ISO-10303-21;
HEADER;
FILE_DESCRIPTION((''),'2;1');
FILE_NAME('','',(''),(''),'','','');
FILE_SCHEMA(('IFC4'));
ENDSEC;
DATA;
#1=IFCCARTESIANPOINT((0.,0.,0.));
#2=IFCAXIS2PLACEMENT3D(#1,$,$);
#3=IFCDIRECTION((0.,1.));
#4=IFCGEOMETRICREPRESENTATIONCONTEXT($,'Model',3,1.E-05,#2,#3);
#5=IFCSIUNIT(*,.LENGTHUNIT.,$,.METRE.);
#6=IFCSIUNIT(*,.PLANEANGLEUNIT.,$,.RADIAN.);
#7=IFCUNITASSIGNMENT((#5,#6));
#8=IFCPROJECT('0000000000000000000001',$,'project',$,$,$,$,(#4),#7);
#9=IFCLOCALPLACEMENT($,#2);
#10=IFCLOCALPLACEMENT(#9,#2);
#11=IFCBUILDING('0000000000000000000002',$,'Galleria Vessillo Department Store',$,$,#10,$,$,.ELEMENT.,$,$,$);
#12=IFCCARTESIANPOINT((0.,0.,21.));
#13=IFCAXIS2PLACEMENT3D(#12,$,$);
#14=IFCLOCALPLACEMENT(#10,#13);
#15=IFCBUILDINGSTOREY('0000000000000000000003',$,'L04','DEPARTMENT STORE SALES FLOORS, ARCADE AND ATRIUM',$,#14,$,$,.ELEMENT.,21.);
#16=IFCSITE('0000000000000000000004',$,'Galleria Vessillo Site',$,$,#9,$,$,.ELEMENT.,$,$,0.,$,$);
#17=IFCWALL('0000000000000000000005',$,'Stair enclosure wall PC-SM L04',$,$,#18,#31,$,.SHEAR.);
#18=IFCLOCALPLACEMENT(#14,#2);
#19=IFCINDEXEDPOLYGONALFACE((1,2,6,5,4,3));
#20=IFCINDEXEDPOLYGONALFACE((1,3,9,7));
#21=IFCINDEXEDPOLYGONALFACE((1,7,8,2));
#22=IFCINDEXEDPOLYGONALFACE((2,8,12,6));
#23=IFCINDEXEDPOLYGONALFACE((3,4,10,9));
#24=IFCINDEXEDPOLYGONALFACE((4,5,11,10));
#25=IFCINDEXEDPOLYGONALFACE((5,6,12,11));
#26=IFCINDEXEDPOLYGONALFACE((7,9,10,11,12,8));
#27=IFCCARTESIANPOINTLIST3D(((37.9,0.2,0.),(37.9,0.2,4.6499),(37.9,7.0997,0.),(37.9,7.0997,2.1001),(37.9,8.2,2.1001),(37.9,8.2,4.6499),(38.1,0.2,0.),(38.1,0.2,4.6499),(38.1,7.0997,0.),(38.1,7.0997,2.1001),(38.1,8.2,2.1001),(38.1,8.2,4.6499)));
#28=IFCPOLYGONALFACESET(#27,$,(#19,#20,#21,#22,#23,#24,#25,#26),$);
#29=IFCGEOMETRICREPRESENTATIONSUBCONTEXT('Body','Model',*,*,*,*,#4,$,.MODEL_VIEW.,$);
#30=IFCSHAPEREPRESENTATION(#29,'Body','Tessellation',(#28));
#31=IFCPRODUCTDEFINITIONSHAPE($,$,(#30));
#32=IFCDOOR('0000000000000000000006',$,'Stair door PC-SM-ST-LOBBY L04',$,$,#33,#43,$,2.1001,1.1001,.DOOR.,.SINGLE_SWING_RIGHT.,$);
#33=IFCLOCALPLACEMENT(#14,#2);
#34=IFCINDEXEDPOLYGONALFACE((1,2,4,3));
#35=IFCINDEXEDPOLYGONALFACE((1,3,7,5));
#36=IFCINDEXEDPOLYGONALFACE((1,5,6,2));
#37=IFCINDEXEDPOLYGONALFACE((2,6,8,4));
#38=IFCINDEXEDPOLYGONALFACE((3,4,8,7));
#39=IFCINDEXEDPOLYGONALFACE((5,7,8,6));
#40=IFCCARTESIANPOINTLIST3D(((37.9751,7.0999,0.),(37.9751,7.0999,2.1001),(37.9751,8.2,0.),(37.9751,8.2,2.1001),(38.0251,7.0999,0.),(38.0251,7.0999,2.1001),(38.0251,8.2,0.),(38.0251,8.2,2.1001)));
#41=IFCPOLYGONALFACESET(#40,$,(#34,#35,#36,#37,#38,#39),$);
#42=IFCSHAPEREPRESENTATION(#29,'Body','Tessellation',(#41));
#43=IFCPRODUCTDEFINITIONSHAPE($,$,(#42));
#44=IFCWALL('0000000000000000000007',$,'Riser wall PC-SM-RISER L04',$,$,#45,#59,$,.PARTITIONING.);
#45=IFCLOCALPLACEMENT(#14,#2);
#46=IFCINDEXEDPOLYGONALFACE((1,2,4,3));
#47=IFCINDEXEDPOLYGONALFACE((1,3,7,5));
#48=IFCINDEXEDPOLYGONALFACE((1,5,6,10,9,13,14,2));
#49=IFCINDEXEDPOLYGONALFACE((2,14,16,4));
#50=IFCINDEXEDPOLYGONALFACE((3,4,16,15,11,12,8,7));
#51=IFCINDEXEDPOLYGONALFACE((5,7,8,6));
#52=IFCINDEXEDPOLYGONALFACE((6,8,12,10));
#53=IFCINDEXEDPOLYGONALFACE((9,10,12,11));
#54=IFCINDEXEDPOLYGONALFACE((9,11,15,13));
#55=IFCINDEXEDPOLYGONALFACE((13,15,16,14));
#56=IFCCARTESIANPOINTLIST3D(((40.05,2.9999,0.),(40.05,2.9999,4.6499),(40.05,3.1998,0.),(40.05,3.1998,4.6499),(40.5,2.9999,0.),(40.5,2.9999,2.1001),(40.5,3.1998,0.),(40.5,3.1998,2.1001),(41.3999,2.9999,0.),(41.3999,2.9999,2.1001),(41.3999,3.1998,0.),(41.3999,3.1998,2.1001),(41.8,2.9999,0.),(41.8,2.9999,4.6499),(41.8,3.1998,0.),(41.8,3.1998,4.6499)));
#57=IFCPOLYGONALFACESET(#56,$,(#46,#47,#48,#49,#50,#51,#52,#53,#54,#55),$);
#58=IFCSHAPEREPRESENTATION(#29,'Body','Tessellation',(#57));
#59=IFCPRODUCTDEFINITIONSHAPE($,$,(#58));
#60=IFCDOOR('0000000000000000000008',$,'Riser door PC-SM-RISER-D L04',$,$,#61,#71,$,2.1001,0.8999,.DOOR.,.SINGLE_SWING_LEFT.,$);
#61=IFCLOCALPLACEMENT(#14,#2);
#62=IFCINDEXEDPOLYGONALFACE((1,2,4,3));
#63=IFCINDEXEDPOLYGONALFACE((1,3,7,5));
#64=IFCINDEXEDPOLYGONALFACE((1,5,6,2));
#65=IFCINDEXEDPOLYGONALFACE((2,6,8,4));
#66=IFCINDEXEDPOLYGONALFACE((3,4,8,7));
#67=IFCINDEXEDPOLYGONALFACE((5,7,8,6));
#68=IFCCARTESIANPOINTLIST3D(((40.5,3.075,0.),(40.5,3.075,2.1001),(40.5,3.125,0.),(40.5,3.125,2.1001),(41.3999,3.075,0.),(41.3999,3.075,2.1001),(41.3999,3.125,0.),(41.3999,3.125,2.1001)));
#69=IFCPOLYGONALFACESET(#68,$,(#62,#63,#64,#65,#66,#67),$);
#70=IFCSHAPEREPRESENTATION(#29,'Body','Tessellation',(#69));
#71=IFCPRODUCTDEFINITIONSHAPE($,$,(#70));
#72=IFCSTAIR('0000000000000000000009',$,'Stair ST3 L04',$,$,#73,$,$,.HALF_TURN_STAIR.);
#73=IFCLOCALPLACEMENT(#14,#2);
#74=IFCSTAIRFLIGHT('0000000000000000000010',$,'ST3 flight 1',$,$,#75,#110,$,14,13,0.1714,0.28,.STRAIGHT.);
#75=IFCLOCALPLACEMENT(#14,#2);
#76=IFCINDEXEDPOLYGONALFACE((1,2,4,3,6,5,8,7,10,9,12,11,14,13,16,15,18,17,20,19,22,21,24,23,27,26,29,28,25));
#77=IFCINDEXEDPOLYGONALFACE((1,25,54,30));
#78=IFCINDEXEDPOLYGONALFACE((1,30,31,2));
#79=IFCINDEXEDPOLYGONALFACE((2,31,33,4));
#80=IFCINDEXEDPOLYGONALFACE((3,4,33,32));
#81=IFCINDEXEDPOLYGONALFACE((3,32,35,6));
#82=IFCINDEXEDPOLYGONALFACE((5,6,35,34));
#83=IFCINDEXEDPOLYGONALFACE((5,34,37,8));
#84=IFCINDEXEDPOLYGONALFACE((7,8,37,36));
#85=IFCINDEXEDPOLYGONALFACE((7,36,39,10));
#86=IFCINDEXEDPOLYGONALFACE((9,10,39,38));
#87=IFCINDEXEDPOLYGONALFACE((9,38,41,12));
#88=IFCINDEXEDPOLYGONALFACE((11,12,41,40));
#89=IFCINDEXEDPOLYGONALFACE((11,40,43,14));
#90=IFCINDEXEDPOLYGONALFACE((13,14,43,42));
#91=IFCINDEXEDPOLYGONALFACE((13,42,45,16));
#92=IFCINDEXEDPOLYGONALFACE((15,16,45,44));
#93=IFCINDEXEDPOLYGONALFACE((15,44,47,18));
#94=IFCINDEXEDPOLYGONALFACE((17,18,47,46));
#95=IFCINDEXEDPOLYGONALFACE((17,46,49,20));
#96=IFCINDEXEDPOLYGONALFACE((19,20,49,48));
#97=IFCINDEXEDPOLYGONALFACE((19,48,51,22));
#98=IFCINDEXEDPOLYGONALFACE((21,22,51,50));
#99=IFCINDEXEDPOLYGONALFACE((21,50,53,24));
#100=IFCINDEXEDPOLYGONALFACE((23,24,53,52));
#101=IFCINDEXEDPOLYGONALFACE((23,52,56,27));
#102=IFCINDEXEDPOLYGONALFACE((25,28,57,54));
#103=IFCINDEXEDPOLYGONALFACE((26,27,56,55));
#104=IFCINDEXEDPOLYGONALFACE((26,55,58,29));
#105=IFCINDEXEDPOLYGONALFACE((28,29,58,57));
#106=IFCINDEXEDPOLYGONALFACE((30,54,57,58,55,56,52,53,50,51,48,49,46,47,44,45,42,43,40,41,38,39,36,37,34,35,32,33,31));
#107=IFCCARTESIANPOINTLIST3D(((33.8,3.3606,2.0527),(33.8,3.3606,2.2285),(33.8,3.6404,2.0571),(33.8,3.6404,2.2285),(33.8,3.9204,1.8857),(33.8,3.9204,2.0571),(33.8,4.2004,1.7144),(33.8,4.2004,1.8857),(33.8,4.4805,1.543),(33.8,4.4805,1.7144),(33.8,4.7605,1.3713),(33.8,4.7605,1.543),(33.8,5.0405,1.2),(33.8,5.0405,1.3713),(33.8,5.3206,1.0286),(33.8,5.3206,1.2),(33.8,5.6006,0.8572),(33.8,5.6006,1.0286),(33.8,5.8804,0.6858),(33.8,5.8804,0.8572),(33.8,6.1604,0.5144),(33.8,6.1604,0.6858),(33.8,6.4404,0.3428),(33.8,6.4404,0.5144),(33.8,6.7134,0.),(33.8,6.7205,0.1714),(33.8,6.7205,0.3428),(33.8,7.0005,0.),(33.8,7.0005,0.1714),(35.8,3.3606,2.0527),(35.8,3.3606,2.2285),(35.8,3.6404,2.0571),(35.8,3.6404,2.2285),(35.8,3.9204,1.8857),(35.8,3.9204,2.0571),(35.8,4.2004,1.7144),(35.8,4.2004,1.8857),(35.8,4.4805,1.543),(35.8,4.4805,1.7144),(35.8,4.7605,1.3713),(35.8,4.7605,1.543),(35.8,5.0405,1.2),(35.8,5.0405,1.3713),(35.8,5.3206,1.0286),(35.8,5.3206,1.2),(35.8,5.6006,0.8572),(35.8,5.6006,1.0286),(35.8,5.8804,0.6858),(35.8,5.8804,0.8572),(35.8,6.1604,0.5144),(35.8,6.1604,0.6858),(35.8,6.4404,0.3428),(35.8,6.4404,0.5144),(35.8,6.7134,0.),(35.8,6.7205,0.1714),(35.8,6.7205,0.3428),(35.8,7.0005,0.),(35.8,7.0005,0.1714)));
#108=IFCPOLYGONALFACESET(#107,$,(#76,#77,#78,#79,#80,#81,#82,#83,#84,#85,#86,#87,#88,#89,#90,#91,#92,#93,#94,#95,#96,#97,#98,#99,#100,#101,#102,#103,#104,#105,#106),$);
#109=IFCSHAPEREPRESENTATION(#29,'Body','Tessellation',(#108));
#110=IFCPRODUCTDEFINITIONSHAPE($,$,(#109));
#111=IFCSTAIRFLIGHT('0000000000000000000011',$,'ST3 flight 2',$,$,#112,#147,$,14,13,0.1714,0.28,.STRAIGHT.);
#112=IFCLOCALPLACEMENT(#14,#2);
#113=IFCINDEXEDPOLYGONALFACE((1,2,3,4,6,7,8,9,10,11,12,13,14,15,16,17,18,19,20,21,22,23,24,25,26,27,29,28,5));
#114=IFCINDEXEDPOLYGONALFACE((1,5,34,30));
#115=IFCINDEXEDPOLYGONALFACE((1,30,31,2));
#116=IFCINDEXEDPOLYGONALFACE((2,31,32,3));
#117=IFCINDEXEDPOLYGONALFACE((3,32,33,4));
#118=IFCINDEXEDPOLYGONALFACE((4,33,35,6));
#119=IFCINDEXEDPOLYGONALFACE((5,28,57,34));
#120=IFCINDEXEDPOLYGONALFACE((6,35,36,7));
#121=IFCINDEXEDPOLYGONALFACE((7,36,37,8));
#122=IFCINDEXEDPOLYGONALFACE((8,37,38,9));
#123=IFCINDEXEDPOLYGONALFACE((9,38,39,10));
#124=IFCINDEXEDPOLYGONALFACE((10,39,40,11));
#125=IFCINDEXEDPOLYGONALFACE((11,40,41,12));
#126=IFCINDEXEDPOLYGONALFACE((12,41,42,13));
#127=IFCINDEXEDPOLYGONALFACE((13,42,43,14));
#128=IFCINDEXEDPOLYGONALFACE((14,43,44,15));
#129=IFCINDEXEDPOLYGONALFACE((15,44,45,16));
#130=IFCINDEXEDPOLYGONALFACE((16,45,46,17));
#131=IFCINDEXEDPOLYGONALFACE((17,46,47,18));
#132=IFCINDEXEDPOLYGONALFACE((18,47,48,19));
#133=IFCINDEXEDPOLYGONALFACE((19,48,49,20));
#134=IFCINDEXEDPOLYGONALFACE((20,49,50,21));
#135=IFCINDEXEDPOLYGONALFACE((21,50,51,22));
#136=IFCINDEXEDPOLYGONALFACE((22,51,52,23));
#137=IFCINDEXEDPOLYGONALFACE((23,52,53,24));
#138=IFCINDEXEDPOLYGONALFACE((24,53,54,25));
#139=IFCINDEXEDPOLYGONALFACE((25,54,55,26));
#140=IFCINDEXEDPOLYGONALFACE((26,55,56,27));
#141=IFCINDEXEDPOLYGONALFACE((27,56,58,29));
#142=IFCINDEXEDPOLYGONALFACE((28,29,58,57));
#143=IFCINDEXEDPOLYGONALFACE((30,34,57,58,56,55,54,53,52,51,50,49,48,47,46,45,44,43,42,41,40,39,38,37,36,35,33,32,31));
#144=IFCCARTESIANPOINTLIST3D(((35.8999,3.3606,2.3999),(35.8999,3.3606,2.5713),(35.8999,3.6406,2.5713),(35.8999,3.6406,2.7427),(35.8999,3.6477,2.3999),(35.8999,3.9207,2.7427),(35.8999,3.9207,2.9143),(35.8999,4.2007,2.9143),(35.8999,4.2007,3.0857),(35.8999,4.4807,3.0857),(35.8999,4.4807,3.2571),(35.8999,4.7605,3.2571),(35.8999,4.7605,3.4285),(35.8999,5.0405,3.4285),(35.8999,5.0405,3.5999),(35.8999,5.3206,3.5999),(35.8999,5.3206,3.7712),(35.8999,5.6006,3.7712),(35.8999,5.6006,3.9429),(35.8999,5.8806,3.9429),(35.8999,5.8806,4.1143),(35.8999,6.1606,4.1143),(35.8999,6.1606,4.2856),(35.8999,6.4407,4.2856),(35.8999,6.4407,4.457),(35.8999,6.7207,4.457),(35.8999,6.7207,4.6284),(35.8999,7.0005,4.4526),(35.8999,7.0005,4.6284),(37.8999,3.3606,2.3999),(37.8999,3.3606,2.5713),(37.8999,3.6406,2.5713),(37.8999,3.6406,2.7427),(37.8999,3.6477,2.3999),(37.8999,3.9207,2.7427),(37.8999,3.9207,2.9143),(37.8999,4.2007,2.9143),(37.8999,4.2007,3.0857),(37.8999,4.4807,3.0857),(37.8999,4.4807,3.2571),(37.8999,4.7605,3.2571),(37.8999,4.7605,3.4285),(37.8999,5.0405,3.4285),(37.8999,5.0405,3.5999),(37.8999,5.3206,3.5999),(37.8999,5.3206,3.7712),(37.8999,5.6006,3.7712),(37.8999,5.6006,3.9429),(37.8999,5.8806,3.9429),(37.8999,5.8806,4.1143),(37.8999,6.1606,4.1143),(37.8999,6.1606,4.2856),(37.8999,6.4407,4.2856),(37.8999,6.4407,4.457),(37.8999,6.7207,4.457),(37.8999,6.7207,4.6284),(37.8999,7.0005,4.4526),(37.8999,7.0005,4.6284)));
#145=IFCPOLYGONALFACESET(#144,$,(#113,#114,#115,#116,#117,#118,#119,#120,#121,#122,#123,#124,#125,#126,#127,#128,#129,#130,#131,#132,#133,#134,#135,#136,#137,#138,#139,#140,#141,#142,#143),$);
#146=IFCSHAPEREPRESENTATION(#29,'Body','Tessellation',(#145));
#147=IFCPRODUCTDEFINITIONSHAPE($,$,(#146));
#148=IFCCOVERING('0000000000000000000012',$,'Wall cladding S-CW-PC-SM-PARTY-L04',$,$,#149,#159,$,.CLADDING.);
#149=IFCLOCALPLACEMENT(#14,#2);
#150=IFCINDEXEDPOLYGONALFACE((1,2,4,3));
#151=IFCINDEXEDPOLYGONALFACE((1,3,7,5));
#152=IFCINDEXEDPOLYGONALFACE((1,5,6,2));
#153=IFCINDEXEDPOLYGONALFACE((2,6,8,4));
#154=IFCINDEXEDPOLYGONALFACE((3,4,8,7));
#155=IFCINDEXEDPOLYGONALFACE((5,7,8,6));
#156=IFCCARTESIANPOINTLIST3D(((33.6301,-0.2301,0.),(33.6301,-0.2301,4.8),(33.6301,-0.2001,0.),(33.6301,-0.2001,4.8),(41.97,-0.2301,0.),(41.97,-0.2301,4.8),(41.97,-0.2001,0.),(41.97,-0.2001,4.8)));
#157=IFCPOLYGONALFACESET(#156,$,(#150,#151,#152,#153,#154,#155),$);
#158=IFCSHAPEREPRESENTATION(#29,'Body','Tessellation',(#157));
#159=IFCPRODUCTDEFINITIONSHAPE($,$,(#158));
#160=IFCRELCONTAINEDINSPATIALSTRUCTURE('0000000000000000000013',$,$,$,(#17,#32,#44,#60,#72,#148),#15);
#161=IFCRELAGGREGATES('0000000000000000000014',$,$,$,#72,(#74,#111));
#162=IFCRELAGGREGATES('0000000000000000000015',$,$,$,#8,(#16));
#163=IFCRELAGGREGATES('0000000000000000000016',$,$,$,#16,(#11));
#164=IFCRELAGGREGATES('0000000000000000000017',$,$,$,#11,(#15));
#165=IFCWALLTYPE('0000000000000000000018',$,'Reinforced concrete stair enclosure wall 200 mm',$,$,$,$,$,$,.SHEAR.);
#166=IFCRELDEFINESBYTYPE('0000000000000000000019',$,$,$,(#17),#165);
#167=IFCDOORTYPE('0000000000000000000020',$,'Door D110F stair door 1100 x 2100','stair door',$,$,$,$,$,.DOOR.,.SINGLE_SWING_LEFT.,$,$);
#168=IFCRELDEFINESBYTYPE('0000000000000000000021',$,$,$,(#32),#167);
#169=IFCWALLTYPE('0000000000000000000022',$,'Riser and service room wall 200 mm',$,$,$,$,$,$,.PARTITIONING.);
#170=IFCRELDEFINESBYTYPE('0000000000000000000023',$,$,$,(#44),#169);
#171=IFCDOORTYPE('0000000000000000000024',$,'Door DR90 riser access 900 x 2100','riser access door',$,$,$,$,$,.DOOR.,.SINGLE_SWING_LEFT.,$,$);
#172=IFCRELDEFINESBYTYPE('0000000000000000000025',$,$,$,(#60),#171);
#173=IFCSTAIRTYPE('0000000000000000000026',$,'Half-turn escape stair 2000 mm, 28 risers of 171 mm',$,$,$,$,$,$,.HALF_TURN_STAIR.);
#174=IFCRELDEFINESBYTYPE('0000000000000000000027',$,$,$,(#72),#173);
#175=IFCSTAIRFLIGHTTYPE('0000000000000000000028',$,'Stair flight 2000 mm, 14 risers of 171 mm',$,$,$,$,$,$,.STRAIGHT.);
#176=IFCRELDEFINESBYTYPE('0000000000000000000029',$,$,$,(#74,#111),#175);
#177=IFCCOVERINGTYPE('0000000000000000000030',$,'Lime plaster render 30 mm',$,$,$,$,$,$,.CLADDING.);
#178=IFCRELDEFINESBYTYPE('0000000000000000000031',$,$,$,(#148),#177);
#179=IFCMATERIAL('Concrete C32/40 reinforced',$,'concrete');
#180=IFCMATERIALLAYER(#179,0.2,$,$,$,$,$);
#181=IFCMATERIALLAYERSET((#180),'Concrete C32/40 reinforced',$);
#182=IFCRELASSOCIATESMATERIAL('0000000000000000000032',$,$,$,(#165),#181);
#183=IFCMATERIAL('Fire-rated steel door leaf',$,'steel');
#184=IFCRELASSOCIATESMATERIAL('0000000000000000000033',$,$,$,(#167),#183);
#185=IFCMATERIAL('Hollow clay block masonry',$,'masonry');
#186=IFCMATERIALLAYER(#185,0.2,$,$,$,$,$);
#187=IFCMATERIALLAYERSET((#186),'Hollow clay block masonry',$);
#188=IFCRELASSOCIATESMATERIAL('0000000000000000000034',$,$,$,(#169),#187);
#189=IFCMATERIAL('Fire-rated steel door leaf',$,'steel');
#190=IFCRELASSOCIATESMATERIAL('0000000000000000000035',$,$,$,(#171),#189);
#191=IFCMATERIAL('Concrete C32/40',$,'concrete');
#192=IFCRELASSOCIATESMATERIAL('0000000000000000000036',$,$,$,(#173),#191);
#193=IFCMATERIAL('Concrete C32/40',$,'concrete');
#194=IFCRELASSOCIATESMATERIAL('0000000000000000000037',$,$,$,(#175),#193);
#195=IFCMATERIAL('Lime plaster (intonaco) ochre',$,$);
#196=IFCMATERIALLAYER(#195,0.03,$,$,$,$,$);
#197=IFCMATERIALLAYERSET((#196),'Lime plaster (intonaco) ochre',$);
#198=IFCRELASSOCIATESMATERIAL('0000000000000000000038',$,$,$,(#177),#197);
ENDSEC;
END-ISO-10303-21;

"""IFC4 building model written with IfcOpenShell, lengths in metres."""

from ifc_helpers import new_model, si_unit, direction, frame, frame_2d, origin, origin_2d, place, context, subcontext, project, spatial, polyline, rectangle, outline, extrude, material, layer, layer_set, type_object, element, fill, aggregate, save


model = new_model("IFC4")

# Units and contexts
model_context = context("Model", 3, precision=1e-05, world=origin(), true_north=direction((0.0, 1.0)))
body_context = subcontext(model_context, "Body", "Model", "MODEL_VIEW")
ifc_project = project(units=[si_unit("LENGTHUNIT", "METRE"), si_unit("PLANEANGLEUNIT", "RADIAN")], contexts=[model_context])

# Site, building, storey
site_placement = place(None, origin())
site = spatial("IfcSite", under=ifc_project, at=site_placement, Name="Galleria Vessillo Site", CompositionType="ELEMENT", RefElevation=0.0)
building_placement = place(site_placement, origin())
building = spatial("IfcBuilding", under=site, at=building_placement, Name="Galleria Vessillo Department Store", CompositionType="ELEMENT")
storey_placement = place(building_placement, frame((0.0, 0.0, 21.0)))
storey = spatial("IfcBuildingStorey", under=building, at=storey_placement, Name="L04", Description="DEPARTMENT STORE SALES FLOORS, ARCADE AND ATRIUM", CompositionType="ELEMENT", Elevation=21.0)

# Walls, openings, doors
ifc_material_1 = material(Name="Concrete C32/40 reinforced", Category="concrete")
ifc_layer_1 = layer(ifc_material_1, 0.2)
ifc_layer_set_1 = layer_set([ifc_layer_1], Name="Concrete C32/40 reinforced")
wall_type_1 = type_object("IfcWallType", Name="Reinforced concrete stair enclosure wall 200 mm", PredefinedType="SHEAR", material=ifc_layer_set_1)
wall_1_placement = place(storey_placement, frame((38.0, 0.2, 0.0), z_axis=(0.0, 0.0, 1.0), x_axis=(0.0, 1.0, 0.0)))
wall_1 = element("IfcWall", 1, at=wall_1_placement, inside=storey, type_object=wall_type_1, Name="Stair enclosure wall PC-SM L04", PredefinedType="SHEAR", context=body_context, shape_type="SweptSolid", body=[
    extrude(rectangle(XDim=8.0, YDim=0.2, at=frame_2d((4.0, 0.0))), origin(), (0.0, 0.0, 1.0), 4.6499),
])
opening_1_placement = place(wall_1_placement, frame((6.8999, 0.0, 0.0)))
opening_1 = element("IfcOpeningElement", 2, at=opening_1_placement, cuts=wall_1, PredefinedType="OPENING", context=body_context, shape_type="SweptSolid", body=[
    extrude(rectangle(XDim=1.1101, YDim=2.1001, at=frame_2d((0.5549, 1.05))), frame((0.0, 0.1099, 0.0), z_axis=(0.0, -1.0, 0.0), x_axis=(1.0, 0.0, 0.0)), (0.0, 0.0, 1.0), 0.22),
])
ifc_material_2 = material(Name="Fire-rated steel door leaf", Category="steel")
door_type_1 = type_object("IfcDoorType", Name="Door D110F stair door 1100 x 2100", Description="stair door", OperationType="SINGLE_SWING_LEFT", PredefinedType="DOOR", material=ifc_material_2)
door_1_placement = place(opening_1_placement, origin())
door_1 = element("IfcDoor", 3, at=door_1_placement, inside=storey, type_object=door_type_1, Name="Stair door PC-SM-ST-LOBBY L04", OperationType="SINGLE_SWING_RIGHT", OverallHeight=2.1001, OverallWidth=1.1001, PredefinedType="DOOR", context=body_context, shape_type="SweptSolid", body=[
    extrude(rectangle(XDim=1.1001, YDim=2.1001, at=frame_2d((0.55, 1.05))), frame((0.0, 0.0249, 0.0), z_axis=(0.0, -1.0, 0.0), x_axis=(1.0, 0.0, 0.0)), (0.0, 0.0, 1.0), 0.05),
])
fill(opening_1, door_1)
ifc_material_3 = material(Name="Hollow clay block masonry", Category="masonry")
ifc_layer_2 = layer(ifc_material_3, 0.2)
ifc_layer_set_2 = layer_set([ifc_layer_2], Name="Hollow clay block masonry")
wall_type_2 = type_object("IfcWallType", Name="Riser and service room wall 200 mm", PredefinedType="PARTITIONING", material=ifc_layer_set_2)
wall_2_placement = place(storey_placement, frame((40.05, 3.0999, 0.0), z_axis=(0.0, 0.0, 1.0), x_axis=(1.0, 0.0, 0.0)))
wall_2 = element("IfcWall", 4, at=wall_2_placement, inside=storey, type_object=wall_type_2, Name="Riser wall PC-SM-RISER L04", PredefinedType="PARTITIONING", context=body_context, shape_type="SweptSolid", body=[
    extrude(rectangle(XDim=1.75, YDim=0.2, at=frame_2d((0.875, 0.0))), origin(), (0.0, 0.0, 1.0), 4.6499),
])
opening_2_placement = place(wall_2_placement, frame((0.45, 0.0, 0.0)))
opening_2 = element("IfcOpeningElement", 5, at=opening_2_placement, cuts=wall_2, PredefinedType="OPENING", context=body_context, shape_type="SweptSolid", body=[
    extrude(rectangle(XDim=0.8999, YDim=2.1001, at=frame_2d((0.45, 1.05))), frame((0.0, 0.1099, 0.0), z_axis=(0.0, -1.0, 0.0), x_axis=(1.0, 0.0, 0.0)), (0.0, 0.0, 1.0), 0.22),
])
ifc_material_4 = material(Name="Fire-rated steel door leaf", Category="steel")
door_type_2 = type_object("IfcDoorType", Name="Door DR90 riser access 900 x 2100", Description="riser access door", OperationType="SINGLE_SWING_LEFT", PredefinedType="DOOR", material=ifc_material_4)
door_2_placement = place(opening_2_placement, frame((0.8999, 0.0, 0.0), z_axis=(0.0, 0.0, 1.0), x_axis=(-1.0, 0.0, 0.0)))
door_2 = element("IfcDoor", 6, at=door_2_placement, inside=storey, type_object=door_type_2, Name="Riser door PC-SM-RISER-D L04", OperationType="SINGLE_SWING_LEFT", OverallHeight=2.1001, OverallWidth=0.8999, PredefinedType="DOOR", context=body_context, shape_type="SweptSolid", body=[
    extrude(rectangle(XDim=0.8999, YDim=2.1001, at=frame_2d((0.45, 1.05))), frame((0.0, 0.0249, 0.0), z_axis=(0.0, -1.0, 0.0), x_axis=(1.0, 0.0, 0.0)), (0.0, 0.0, 1.0), 0.05),
])
fill(opening_2, door_2)

# Stair, stair flights
ifc_material_5 = material(Name="Concrete C32/40", Category="concrete")
stair_type = type_object("IfcStairType", Name="Half-turn escape stair 2000 mm, 28 risers of 171 mm", PredefinedType="HALF_TURN_STAIR", material=ifc_material_5)
stair_placement = place(storey_placement, origin())
stair = element("IfcStair", 7, at=stair_placement, inside=storey, type_object=stair_type, Name="Stair ST3 L04", PredefinedType="HALF_TURN_STAIR")
ifc_material_6 = material(Name="Concrete C32/40", Category="concrete")
stair_flight_type = type_object("IfcStairFlightType", Name="Stair flight 2000 mm, 14 risers of 171 mm", PredefinedType="STRAIGHT", material=ifc_material_6)
stair_flight_1_placement = place(storey_placement, frame((34.8, 7.0005, 0.0), z_axis=(0.0, 0.0, 1.0), x_axis=(0.0, -1.0, 0.0)))
stair_flight_1 = element("IfcStairFlight", 8, at=stair_flight_1_placement, type_object=stair_flight_type, Name="ST3 flight 1", NumberOfRisers=14, NumberOfTreads=13, PredefinedType="STRAIGHT", RiserHeight=0.1714, TreadLength=0.28, context=body_context, shape_type="SweptSolid", body=[
    extrude(outline(polyline([(0.0, 0.0), (0.0, 0.1714), (0.28, 0.1714), (0.28, 0.3428), (0.5601, 0.3428), (0.5601, 0.5144), (0.8401, 0.5144), (0.8401, 0.6858), (1.1201, 0.6858), (1.1201, 0.8572), (1.3999, 0.8572), (1.3999, 1.0286), (1.6799, 1.0286), (1.6799, 1.2), (1.96, 1.2), (1.96, 1.3713), (2.24, 1.3713), (2.24, 1.543), (2.52, 1.543), (2.52, 1.7144), (2.8, 1.7144), (2.8, 1.8857), (3.0801, 1.8857), (3.0801, 2.0571), (3.3601, 2.0571), (3.3601, 2.2285), (3.6399, 2.2285), (3.6399, 2.3999), (3.6399, 2.0527), (0.2871, 0.0), (0.0, 0.0)])), frame((0.0, 1.0, 0.0), z_axis=(0.0, -1.0, 0.0), x_axis=(1.0, 0.0, 0.0)), (0.0, 0.0, 1.0), 2.0),
])
stair_flight_2_placement = place(storey_placement, frame((36.8999, 3.3606, 2.3999), z_axis=(0.0, 0.0, 1.0), x_axis=(0.0, 1.0, 0.0)))
stair_flight_2 = element("IfcStairFlight", 9, at=stair_flight_2_placement, type_object=stair_flight_type, Name="ST3 flight 2", NumberOfRisers=14, NumberOfTreads=13, PredefinedType="STRAIGHT", RiserHeight=0.1714, TreadLength=0.28, context=body_context, shape_type="SweptSolid", body=[
    extrude(outline(polyline([(0.0, 0.0), (0.0, 0.1714), (0.28, 0.1714), (0.28, 0.3428), (0.5601, 0.3428), (0.5601, 0.5144), (0.8401, 0.5144), (0.8401, 0.6858), (1.1201, 0.6858), (1.1201, 0.8572), (1.3999, 0.8572), (1.3999, 1.0286), (1.6799, 1.0286), (1.6799, 1.2), (1.96, 1.2), (1.96, 1.3713), (2.24, 1.3713), (2.24, 1.543), (2.52, 1.543), (2.52, 1.7144), (2.8, 1.7144), (2.8, 1.8857), (3.0801, 1.8857), (3.0801, 2.0571), (3.3601, 2.0571), (3.3601, 2.2285), (3.6399, 2.2285), (3.6399, 2.3999), (3.6399, 2.0527), (0.2871, 0.0), (0.0, 0.0)])), frame((0.0, 1.0, 0.0), z_axis=(0.0, -1.0, 0.0), x_axis=(1.0, 0.0, 0.0)), (0.0, 0.0, 1.0), 2.0),
])
aggregate(stair, [stair_flight_1, stair_flight_2])

# Covering
ifc_material_7 = material(Name="Lime plaster (intonaco) ochre")
ifc_layer_3 = layer(ifc_material_7, 0.03)
ifc_layer_set_3 = layer_set([ifc_layer_3], Name="Lime plaster (intonaco) ochre")
covering_type = type_object("IfcCoveringType", Name="Lime plaster render 30 mm", PredefinedType="CLADDING", material=ifc_layer_set_3)
covering_placement = place(storey_placement, frame((37.8, -0.2151, 0.0), z_axis=(0.0, 0.0, 1.0), x_axis=(1.0, 0.0, 0.0)))
element("IfcCovering", 10, at=covering_placement, inside=storey, type_object=covering_type, Name="Wall cladding S-CW-PC-SM-PARTY-L04", PredefinedType="CLADDING", context=body_context, shape_type="SweptSolid", body=[
    extrude(rectangle(XDim=8.3398, YDim=0.03, at=origin_2d()), origin(), (0.0, 0.0, 1.0), 4.8),
])

save(model, "model.ifc")
